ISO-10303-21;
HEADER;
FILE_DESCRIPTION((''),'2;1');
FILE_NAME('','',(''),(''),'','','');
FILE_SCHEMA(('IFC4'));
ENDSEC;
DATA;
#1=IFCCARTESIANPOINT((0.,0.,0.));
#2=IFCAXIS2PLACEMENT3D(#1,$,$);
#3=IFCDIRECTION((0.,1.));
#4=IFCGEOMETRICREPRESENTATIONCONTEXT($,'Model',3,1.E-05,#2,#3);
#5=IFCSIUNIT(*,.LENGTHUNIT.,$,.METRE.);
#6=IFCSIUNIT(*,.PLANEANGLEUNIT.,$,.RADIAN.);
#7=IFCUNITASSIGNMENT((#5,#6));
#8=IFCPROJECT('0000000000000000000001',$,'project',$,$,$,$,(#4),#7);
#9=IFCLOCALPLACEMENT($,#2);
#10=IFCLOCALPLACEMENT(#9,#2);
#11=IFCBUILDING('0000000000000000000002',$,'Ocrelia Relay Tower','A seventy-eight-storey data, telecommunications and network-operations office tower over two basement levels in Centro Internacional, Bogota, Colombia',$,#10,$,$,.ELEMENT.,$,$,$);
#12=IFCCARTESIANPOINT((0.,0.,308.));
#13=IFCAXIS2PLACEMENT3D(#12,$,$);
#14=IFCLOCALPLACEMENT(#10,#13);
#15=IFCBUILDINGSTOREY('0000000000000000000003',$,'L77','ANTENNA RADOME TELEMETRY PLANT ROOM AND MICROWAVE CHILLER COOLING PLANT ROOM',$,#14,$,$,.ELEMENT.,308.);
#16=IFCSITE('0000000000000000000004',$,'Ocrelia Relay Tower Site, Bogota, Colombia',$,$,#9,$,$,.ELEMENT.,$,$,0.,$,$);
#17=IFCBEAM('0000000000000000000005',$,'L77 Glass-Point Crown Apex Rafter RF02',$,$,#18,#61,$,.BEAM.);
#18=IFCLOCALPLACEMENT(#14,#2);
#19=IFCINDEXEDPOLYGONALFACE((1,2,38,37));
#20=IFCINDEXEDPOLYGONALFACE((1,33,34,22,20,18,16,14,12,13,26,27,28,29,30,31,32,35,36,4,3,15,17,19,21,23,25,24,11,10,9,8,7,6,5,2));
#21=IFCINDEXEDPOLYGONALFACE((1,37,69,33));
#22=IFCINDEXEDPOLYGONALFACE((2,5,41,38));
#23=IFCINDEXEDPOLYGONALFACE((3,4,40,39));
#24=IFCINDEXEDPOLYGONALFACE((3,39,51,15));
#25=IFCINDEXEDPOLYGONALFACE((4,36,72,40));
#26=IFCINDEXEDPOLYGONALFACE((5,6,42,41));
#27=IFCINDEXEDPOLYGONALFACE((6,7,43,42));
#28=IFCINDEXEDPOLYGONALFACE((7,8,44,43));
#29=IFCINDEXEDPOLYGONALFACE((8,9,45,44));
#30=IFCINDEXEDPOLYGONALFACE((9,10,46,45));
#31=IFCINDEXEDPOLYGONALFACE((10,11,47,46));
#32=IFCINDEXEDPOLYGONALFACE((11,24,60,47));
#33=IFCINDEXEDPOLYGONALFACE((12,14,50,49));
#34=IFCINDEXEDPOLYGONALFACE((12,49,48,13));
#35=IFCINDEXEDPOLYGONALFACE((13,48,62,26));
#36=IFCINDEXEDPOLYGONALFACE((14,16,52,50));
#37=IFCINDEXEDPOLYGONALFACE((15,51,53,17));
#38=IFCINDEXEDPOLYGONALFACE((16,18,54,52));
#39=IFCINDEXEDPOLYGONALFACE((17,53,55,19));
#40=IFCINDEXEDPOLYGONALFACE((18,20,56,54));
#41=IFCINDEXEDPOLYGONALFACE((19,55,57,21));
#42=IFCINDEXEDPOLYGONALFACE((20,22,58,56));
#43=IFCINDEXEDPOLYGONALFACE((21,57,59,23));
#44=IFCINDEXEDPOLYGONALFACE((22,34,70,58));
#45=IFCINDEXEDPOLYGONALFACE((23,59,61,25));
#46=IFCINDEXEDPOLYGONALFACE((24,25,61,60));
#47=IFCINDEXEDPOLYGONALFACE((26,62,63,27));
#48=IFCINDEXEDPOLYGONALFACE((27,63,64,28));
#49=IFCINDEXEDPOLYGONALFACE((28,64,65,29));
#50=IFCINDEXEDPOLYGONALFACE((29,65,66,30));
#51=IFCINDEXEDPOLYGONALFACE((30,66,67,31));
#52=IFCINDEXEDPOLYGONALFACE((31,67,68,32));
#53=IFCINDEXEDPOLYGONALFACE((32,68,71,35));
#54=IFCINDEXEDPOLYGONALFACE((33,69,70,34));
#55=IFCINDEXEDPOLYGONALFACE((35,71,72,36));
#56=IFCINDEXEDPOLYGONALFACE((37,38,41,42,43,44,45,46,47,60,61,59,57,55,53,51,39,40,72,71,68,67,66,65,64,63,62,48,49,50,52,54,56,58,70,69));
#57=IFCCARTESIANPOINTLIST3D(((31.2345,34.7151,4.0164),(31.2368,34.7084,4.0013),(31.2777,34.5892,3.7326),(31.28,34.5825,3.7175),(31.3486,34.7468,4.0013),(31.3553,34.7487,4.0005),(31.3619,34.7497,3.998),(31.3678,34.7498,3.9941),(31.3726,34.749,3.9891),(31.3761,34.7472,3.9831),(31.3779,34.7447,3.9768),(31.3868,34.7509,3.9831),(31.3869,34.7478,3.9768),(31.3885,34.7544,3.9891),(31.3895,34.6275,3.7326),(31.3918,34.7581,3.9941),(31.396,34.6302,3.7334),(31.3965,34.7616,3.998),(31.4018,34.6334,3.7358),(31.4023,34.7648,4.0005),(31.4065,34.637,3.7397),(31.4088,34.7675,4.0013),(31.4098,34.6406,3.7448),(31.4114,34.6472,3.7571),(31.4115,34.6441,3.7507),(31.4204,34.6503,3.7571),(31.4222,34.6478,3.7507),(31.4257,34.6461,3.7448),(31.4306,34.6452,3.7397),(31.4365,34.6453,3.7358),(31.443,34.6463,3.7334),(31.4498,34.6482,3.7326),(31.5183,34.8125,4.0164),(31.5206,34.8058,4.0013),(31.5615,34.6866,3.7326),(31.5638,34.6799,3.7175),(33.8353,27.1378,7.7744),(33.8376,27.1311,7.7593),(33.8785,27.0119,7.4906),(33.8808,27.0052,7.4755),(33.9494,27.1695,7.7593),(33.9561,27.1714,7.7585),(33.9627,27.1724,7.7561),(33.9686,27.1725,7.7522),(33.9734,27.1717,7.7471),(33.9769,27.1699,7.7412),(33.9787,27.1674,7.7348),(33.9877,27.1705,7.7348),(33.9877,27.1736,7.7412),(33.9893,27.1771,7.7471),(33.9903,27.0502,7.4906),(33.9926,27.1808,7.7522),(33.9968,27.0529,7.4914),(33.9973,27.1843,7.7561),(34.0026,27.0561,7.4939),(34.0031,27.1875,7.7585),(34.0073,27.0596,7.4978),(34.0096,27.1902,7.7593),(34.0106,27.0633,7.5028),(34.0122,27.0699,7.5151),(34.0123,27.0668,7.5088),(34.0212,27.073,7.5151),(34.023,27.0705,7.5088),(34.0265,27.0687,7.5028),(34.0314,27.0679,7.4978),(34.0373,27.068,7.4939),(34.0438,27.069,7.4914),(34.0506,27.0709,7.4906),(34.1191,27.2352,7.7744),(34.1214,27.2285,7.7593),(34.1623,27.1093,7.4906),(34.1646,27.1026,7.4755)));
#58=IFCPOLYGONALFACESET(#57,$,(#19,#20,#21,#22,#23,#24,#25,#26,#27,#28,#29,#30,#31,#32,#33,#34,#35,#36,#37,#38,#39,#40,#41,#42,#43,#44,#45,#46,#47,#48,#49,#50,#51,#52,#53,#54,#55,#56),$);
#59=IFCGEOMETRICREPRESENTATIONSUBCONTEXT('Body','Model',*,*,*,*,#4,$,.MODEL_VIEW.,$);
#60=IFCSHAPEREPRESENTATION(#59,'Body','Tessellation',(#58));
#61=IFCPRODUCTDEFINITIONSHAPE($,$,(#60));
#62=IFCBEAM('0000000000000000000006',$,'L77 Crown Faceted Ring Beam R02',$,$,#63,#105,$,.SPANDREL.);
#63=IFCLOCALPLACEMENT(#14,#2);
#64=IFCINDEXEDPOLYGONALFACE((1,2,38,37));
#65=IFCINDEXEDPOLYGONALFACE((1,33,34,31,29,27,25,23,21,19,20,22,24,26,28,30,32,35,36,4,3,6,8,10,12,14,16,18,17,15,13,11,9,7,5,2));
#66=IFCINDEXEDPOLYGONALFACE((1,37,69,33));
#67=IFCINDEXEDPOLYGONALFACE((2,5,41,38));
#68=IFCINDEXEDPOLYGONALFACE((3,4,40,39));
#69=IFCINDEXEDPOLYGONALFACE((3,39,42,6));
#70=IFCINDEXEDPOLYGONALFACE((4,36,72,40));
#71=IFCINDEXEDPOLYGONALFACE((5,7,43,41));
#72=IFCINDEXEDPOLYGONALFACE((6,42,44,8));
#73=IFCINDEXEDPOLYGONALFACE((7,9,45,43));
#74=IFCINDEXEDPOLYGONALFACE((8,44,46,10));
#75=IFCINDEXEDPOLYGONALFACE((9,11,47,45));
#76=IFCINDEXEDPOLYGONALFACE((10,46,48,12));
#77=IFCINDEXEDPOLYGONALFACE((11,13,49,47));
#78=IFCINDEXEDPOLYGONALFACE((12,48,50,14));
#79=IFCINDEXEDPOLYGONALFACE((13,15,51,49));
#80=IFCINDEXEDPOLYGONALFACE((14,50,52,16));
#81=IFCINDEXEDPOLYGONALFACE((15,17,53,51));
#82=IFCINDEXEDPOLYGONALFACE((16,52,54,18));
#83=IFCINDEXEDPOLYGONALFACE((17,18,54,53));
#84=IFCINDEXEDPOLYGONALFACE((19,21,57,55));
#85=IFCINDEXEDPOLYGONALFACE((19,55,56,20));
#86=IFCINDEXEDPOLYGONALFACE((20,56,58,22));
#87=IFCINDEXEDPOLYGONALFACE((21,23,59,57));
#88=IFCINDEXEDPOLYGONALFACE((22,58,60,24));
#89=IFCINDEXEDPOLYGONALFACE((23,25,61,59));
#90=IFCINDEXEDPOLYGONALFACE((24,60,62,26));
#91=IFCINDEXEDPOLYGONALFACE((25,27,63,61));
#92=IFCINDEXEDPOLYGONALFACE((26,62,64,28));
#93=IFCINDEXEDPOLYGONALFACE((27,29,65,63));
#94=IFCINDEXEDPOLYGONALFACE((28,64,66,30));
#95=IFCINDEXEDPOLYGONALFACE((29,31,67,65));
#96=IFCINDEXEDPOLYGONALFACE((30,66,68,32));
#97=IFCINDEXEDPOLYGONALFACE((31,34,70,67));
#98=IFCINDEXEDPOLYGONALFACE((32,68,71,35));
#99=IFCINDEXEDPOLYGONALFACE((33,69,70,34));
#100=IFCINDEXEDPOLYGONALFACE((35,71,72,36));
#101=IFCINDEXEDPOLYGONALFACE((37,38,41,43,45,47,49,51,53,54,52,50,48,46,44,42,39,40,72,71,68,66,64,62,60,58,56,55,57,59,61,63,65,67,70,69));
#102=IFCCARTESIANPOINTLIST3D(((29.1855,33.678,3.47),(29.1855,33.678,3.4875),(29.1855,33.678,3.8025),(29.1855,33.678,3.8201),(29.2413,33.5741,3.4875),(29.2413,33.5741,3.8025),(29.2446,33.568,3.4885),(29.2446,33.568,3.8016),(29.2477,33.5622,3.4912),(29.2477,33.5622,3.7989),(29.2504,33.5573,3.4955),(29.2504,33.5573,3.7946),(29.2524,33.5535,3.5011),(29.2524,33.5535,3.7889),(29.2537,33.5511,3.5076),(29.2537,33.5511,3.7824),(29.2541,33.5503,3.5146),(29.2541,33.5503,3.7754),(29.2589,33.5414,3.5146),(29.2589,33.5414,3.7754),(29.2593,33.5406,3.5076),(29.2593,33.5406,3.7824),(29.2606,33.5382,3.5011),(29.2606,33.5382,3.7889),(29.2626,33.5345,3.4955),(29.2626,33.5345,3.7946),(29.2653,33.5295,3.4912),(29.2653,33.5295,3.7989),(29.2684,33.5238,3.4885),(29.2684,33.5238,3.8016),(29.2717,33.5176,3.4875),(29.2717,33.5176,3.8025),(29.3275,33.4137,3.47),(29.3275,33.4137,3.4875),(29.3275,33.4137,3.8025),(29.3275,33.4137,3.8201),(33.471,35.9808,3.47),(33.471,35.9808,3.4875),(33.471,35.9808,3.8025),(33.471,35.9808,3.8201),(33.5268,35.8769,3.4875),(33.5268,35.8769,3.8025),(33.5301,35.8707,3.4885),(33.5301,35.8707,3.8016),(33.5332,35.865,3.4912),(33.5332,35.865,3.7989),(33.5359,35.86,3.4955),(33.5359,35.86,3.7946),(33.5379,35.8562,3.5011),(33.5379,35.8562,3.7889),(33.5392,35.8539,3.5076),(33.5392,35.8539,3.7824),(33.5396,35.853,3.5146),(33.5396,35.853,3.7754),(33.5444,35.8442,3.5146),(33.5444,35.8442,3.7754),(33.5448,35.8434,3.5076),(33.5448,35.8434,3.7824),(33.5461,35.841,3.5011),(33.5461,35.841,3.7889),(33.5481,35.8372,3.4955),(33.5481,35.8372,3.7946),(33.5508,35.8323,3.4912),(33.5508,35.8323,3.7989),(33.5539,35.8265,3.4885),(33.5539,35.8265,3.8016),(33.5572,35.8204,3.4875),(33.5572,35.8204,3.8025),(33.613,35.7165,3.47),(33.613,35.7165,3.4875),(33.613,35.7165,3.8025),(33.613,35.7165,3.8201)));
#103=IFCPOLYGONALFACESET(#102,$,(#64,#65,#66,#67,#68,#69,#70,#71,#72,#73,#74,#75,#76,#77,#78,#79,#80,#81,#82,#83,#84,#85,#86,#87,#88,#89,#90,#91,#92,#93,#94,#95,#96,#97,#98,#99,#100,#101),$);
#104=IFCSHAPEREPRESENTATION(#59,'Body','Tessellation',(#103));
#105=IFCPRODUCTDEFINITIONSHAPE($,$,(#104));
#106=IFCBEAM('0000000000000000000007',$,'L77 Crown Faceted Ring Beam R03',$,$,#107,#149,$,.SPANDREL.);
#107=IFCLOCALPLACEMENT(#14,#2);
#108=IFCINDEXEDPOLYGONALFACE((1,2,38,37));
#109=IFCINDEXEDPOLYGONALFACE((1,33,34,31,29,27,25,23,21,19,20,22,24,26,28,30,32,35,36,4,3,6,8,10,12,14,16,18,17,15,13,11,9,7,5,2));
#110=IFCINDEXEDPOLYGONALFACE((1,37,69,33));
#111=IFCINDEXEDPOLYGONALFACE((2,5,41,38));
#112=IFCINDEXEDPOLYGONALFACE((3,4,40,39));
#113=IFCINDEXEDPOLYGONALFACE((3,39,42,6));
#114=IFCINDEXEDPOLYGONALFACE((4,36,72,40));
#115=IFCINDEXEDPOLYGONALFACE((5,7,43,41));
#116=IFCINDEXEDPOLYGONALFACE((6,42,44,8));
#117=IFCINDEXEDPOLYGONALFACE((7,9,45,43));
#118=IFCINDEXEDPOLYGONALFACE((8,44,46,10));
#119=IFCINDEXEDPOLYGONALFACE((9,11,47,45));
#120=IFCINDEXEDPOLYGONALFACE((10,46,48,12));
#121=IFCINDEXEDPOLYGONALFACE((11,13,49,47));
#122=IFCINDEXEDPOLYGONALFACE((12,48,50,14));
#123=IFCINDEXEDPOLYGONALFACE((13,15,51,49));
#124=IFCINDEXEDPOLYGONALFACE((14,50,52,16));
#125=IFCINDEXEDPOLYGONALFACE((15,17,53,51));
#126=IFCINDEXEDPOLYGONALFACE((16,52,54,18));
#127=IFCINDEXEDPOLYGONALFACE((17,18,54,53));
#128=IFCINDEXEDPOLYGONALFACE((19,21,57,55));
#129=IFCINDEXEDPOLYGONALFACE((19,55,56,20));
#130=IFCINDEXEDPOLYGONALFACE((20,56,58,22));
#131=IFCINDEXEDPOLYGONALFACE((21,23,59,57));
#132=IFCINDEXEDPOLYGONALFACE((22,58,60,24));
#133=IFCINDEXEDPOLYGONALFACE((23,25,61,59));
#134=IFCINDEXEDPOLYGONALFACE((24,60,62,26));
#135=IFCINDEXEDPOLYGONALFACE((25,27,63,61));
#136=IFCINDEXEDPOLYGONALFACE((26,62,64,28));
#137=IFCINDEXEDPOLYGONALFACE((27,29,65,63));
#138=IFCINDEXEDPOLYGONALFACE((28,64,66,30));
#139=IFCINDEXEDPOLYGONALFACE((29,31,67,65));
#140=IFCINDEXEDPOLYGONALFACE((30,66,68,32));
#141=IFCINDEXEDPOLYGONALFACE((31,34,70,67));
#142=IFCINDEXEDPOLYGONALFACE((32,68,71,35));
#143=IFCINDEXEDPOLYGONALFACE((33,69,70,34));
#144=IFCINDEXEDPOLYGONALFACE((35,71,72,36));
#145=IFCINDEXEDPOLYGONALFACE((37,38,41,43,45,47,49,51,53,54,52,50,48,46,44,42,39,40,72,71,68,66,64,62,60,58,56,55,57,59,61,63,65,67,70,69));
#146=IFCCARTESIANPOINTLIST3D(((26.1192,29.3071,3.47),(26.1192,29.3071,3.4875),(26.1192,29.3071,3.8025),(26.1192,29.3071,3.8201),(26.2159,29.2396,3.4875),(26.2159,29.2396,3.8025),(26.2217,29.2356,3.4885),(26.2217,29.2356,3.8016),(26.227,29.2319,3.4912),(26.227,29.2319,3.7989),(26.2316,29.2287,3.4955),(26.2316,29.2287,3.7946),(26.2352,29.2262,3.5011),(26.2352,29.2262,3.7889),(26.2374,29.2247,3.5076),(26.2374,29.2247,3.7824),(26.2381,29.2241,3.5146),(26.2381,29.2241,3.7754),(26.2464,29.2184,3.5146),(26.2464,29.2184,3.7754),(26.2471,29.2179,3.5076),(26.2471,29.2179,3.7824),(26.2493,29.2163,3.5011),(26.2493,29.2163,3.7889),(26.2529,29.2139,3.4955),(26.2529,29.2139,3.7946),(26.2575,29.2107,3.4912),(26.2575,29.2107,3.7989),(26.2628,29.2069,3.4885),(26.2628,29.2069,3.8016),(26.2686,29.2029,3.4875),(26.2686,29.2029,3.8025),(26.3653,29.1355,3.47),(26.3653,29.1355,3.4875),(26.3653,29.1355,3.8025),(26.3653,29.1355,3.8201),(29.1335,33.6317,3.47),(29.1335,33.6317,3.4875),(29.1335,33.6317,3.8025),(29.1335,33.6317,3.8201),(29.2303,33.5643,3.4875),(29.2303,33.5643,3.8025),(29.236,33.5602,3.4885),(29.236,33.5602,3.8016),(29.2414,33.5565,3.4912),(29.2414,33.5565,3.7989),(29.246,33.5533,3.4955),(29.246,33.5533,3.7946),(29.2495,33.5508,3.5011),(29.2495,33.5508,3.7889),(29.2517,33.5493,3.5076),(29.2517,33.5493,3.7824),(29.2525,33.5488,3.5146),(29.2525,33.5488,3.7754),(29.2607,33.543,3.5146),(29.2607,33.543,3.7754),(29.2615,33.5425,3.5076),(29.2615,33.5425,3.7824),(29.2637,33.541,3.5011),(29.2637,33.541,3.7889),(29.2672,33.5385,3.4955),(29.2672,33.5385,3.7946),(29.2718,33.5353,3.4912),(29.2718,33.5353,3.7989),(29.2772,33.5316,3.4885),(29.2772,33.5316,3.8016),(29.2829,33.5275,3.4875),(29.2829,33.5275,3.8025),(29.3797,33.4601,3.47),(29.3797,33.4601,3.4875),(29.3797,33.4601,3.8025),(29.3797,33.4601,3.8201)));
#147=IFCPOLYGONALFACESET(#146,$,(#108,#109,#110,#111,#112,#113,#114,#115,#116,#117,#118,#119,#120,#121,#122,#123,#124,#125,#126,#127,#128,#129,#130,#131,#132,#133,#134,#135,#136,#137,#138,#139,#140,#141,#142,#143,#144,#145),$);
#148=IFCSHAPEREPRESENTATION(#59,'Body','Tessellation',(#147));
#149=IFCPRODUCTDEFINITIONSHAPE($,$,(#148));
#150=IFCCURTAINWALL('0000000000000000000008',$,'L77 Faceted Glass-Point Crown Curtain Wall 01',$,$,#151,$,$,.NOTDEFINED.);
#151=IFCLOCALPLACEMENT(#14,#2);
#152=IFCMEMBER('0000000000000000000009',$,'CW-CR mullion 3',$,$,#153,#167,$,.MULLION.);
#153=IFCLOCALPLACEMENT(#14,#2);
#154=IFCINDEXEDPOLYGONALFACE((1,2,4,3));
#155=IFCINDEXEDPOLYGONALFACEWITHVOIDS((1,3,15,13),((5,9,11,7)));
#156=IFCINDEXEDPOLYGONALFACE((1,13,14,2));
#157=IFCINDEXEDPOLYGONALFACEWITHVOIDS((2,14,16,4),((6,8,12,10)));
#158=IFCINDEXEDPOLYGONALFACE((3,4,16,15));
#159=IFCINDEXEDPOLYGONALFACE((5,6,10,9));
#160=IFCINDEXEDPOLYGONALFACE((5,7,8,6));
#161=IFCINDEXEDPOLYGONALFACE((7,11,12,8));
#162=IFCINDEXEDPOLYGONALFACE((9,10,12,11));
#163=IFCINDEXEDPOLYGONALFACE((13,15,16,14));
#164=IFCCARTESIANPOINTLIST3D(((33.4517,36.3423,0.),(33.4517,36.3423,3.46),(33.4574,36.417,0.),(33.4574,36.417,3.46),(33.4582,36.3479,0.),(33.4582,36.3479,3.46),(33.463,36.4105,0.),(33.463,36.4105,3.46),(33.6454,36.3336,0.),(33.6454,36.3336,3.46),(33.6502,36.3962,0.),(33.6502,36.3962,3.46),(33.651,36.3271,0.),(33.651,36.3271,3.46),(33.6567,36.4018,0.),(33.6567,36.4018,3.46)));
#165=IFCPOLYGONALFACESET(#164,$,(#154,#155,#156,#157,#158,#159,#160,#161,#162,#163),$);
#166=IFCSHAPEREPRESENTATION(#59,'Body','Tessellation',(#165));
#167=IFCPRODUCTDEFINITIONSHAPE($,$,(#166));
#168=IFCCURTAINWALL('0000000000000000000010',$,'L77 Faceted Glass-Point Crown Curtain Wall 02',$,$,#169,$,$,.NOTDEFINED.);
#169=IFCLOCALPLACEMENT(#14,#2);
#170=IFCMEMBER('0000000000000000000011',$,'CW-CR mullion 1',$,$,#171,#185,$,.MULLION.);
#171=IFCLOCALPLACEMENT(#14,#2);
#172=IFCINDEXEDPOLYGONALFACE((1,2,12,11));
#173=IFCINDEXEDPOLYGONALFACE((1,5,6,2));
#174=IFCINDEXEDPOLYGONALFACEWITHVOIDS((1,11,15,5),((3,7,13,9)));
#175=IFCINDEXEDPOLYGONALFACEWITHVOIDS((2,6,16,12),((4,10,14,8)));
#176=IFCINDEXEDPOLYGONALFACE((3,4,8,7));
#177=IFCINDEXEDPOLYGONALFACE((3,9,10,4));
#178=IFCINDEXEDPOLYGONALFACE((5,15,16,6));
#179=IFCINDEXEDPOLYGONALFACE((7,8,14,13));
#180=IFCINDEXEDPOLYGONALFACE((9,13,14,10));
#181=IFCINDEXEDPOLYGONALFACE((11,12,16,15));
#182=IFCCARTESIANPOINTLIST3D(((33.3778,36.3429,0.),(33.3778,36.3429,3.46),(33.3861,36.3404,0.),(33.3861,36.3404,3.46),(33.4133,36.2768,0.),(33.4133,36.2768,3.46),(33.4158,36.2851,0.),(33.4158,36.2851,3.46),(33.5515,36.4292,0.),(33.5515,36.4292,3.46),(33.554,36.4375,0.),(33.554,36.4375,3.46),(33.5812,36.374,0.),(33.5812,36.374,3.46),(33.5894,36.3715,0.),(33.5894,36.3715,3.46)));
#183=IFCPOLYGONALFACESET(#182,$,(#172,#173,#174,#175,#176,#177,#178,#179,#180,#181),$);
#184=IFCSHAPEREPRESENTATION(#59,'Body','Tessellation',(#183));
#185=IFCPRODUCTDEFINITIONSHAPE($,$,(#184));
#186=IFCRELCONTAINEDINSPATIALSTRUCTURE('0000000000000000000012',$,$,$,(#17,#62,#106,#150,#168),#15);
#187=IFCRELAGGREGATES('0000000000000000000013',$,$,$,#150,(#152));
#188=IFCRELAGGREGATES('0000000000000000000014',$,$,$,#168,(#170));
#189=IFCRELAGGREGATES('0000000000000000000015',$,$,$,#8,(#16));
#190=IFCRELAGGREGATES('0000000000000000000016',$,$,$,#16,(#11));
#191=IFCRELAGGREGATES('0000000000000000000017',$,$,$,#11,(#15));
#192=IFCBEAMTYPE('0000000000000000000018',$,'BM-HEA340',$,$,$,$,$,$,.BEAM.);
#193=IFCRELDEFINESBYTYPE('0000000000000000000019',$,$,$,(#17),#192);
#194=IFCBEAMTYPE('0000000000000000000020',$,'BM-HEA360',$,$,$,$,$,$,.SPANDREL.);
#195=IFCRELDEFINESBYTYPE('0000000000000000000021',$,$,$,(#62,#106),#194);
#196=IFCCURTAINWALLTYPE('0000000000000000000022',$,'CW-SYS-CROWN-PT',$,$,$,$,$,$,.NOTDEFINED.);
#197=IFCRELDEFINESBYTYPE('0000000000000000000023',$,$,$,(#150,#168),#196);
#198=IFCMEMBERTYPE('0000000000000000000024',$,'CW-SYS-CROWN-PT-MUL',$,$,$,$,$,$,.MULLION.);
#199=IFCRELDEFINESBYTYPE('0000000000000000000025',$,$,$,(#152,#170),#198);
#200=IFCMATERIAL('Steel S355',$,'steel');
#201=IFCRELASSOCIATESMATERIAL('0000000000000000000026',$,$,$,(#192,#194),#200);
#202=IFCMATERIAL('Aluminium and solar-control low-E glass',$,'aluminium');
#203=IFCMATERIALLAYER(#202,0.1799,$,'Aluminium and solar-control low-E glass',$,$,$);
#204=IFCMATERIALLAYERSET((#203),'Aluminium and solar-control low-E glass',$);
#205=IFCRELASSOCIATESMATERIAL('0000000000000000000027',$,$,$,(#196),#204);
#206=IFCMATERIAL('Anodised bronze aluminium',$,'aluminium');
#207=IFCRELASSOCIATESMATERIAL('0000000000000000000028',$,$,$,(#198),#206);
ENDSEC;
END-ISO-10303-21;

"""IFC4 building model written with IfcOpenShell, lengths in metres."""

from ifc_helpers import new_model, si_unit, direction, frame, origin, origin_2d, place, context, subcontext, project, spatial, hollow_rectangle, i_section, extrude, material, layer, layer_set, material_profile, profile_set, type_object, element, aggregate, save


model = new_model("IFC4")

# Units and contexts
model_context = context("Model", 3, precision=1e-05, world=origin(), true_north=direction((0.0, 1.0)))
body_context = subcontext(model_context, "Body", "Model", "MODEL_VIEW")
ifc_project = project(units=[si_unit("LENGTHUNIT", "METRE"), si_unit("PLANEANGLEUNIT", "RADIAN")], contexts=[model_context])

# Site, building, storey
site_placement = place(None, origin())
site = spatial("IfcSite", under=ifc_project, at=site_placement, Name="Ocrelia Relay Tower Site, Bogota, Colombia", CompositionType="ELEMENT", RefElevation=0.0)
building_placement = place(site_placement, origin())
building = spatial("IfcBuilding", under=site, at=building_placement, Name="Ocrelia Relay Tower", Description="A seventy-eight-storey data, telecommunications and network-operations office tower over two basement levels in Centro Internacional, Bogota, Colombia", CompositionType="ELEMENT")
storey_placement = place(building_placement, frame((0.0, 0.0, 308.0)))
storey = spatial("IfcBuildingStorey", under=building, at=storey_placement, Name="L77", Description="ANTENNA RADOME TELEMETRY PLANT ROOM AND MICROWAVE CHILLER COOLING PLANT ROOM", CompositionType="ELEMENT", Elevation=308.0)

# Beams
ifc_material_1 = material(Name="Steel S355", Category="steel")
ifc_material_profile_1 = material_profile(ifc_material_1, i_section(OverallWidth=0.3, OverallDepth=0.3301, WebThickness=0.0095, FlangeThickness=0.0166, FilletRadius=0.0271, at=origin_2d()), Name="HEA 340")
ifc_profile_set_1 = profile_set([ifc_material_profile_1], Name="Steel S355")
beam_type_1 = type_object("IfcBeamType", Name="BM-HEA340", PredefinedType="BEAM", material=ifc_profile_set_1)
beam_1_placement = place(storey_placement, frame((31.3992, 34.6975, 3.8669), z_axis=(0.293913, -0.856303, 0.424689), x_axis=(0.945836, 0.324645, 0.0)))
element("IfcBeam", 1, at=beam_1_placement, inside=storey, type_object=beam_type_1, Name="L77 Glass-Point Crown Apex Rafter RF02", PredefinedType="BEAM", context=body_context, shape_type="SweptSolid", body=[
    extrude(i_section(OverallWidth=0.3, OverallDepth=0.3301, WebThickness=0.0095, FlangeThickness=0.0166, FilletRadius=0.0271, at=origin_2d()), origin(), (0.0, 0.0, 1.0), 8.8489),
])
ifc_material_profile_2 = material_profile(ifc_material_1, i_section(OverallWidth=0.3, OverallDepth=0.3501, WebThickness=0.01, FlangeThickness=0.0176, FilletRadius=0.0271, at=origin_2d()), Name="HEA 360")
ifc_profile_set_2 = profile_set([ifc_material_profile_2], Name="Steel S355")
beam_type_2 = type_object("IfcBeamType", Name="BM-HEA360", PredefinedType="SPANDREL", material=ifc_profile_set_2)
beam_2_placement = place(storey_placement, frame((33.542, 35.8486, 3.645), z_axis=(-0.880882, -0.473337, 0.0), x_axis=(0.473337, -0.880882, 0.0)))
element("IfcBeam", 2, at=beam_2_placement, inside=storey, type_object=beam_type_2, Name="L77 Crown Faceted Ring Beam R02", PredefinedType="SPANDREL", context=body_context, shape_type="SweptSolid", body=[
    extrude(i_section(OverallWidth=0.3, OverallDepth=0.3501, WebThickness=0.01, FlangeThickness=0.0176, FilletRadius=0.0271, at=origin_2d()), origin(), (0.0, 0.0, 1.0), 4.865),
])
beam_3_placement = place(storey_placement, frame((29.2566, 33.5459, 3.645), z_axis=(-0.57182, -0.820379, 0.0), x_axis=(0.820379, -0.57182, 0.0)))
element("IfcBeam", 3, at=beam_3_placement, inside=storey, type_object=beam_type_2, Name="L77 Crown Faceted Ring Beam R03", PredefinedType="SPANDREL", context=body_context, shape_type="SweptSolid", body=[
    extrude(i_section(OverallWidth=0.3, OverallDepth=0.3501, WebThickness=0.01, FlangeThickness=0.0176, FilletRadius=0.0271, at=origin_2d()), origin(), (0.0, 0.0, 1.0), 5.2715),
])

# Curtain wall, member
ifc_material_2 = material(Name="Aluminium and solar-control low-E glass", Category="aluminium")
ifc_layer_1 = layer(ifc_material_2, 0.1799, Name="Aluminium and solar-control low-E glass")
ifc_layer_set_1 = layer_set([ifc_layer_1], Name="Aluminium and solar-control low-E glass")
curtain_wall_type = type_object("IfcCurtainWallType", Name="CW-SYS-CROWN-PT", PredefinedType="NOTDEFINED", material=ifc_layer_set_1)
curtain_wall_1_placement = place(storey_placement, origin())
curtain_wall_1 = element("IfcCurtainWall", 4, at=curtain_wall_1_placement, inside=storey, type_object=curtain_wall_type, Name="L77 Faceted Glass-Point Crown Curtain Wall 01", PredefinedType="NOTDEFINED")
ifc_material_3 = material(Name="Anodised bronze aluminium", Category="aluminium")
ifc_material_profile_3 = material_profile(ifc_material_3, hollow_rectangle(XDim=0.075, YDim=0.2, WallThickness=0.0061, at=origin_2d()), Name="CW-MUL-200x75")
ifc_profile_set_3 = profile_set([ifc_material_profile_3], Name="Anodised bronze aluminium")
member_type_1 = type_object("IfcMemberType", Name="CW-SYS-CROWN-PT-MUL", PredefinedType="MULLION", material=ifc_profile_set_3)
member_1_placement = place(storey_placement, frame((33.5542, 36.3721, 0.0), z_axis=(0.0, 0.0, 1.0), x_axis=(-0.076089, -0.997101, 0.0)))
member_1 = element("IfcMember", 5, at=member_1_placement, type_object=member_type_1, Name="CW-CR mullion 3", PredefinedType="MULLION", context=body_context, shape_type="SweptSolid", body=[
    extrude(hollow_rectangle(XDim=0.075, YDim=0.2, WallThickness=0.0061, at=origin_2d()), origin(), (0.0, 0.0, 1.0), 3.46),
])
aggregate(curtain_wall_1, [member_1])

# Curtain wall, member
curtain_wall_2_placement = place(storey_placement, origin())
curtain_wall_2 = element("IfcCurtainWall", 6, at=curtain_wall_2_placement, inside=storey, type_object=curtain_wall_type, Name="L77 Faceted Glass-Point Crown Curtain Wall 02", PredefinedType="NOTDEFINED")
member_2_placement = place(storey_placement, frame((33.4836, 36.3572, 0.0), z_axis=(0.0, 0.0, 1.0), x_axis=(0.473277, -0.880914, 0.0)))
member_2 = element("IfcMember", 7, at=member_2_placement, type_object=member_type_1, Name="CW-CR mullion 1", PredefinedType="MULLION", context=body_context, shape_type="SweptSolid", body=[
    extrude(hollow_rectangle(XDim=0.075, YDim=0.2, WallThickness=0.0061, at=origin_2d()), origin(), (0.0, 0.0, 1.0), 3.46),
])

aggregate(curtain_wall_2, [member_2])

save(model, "model.ifc")
